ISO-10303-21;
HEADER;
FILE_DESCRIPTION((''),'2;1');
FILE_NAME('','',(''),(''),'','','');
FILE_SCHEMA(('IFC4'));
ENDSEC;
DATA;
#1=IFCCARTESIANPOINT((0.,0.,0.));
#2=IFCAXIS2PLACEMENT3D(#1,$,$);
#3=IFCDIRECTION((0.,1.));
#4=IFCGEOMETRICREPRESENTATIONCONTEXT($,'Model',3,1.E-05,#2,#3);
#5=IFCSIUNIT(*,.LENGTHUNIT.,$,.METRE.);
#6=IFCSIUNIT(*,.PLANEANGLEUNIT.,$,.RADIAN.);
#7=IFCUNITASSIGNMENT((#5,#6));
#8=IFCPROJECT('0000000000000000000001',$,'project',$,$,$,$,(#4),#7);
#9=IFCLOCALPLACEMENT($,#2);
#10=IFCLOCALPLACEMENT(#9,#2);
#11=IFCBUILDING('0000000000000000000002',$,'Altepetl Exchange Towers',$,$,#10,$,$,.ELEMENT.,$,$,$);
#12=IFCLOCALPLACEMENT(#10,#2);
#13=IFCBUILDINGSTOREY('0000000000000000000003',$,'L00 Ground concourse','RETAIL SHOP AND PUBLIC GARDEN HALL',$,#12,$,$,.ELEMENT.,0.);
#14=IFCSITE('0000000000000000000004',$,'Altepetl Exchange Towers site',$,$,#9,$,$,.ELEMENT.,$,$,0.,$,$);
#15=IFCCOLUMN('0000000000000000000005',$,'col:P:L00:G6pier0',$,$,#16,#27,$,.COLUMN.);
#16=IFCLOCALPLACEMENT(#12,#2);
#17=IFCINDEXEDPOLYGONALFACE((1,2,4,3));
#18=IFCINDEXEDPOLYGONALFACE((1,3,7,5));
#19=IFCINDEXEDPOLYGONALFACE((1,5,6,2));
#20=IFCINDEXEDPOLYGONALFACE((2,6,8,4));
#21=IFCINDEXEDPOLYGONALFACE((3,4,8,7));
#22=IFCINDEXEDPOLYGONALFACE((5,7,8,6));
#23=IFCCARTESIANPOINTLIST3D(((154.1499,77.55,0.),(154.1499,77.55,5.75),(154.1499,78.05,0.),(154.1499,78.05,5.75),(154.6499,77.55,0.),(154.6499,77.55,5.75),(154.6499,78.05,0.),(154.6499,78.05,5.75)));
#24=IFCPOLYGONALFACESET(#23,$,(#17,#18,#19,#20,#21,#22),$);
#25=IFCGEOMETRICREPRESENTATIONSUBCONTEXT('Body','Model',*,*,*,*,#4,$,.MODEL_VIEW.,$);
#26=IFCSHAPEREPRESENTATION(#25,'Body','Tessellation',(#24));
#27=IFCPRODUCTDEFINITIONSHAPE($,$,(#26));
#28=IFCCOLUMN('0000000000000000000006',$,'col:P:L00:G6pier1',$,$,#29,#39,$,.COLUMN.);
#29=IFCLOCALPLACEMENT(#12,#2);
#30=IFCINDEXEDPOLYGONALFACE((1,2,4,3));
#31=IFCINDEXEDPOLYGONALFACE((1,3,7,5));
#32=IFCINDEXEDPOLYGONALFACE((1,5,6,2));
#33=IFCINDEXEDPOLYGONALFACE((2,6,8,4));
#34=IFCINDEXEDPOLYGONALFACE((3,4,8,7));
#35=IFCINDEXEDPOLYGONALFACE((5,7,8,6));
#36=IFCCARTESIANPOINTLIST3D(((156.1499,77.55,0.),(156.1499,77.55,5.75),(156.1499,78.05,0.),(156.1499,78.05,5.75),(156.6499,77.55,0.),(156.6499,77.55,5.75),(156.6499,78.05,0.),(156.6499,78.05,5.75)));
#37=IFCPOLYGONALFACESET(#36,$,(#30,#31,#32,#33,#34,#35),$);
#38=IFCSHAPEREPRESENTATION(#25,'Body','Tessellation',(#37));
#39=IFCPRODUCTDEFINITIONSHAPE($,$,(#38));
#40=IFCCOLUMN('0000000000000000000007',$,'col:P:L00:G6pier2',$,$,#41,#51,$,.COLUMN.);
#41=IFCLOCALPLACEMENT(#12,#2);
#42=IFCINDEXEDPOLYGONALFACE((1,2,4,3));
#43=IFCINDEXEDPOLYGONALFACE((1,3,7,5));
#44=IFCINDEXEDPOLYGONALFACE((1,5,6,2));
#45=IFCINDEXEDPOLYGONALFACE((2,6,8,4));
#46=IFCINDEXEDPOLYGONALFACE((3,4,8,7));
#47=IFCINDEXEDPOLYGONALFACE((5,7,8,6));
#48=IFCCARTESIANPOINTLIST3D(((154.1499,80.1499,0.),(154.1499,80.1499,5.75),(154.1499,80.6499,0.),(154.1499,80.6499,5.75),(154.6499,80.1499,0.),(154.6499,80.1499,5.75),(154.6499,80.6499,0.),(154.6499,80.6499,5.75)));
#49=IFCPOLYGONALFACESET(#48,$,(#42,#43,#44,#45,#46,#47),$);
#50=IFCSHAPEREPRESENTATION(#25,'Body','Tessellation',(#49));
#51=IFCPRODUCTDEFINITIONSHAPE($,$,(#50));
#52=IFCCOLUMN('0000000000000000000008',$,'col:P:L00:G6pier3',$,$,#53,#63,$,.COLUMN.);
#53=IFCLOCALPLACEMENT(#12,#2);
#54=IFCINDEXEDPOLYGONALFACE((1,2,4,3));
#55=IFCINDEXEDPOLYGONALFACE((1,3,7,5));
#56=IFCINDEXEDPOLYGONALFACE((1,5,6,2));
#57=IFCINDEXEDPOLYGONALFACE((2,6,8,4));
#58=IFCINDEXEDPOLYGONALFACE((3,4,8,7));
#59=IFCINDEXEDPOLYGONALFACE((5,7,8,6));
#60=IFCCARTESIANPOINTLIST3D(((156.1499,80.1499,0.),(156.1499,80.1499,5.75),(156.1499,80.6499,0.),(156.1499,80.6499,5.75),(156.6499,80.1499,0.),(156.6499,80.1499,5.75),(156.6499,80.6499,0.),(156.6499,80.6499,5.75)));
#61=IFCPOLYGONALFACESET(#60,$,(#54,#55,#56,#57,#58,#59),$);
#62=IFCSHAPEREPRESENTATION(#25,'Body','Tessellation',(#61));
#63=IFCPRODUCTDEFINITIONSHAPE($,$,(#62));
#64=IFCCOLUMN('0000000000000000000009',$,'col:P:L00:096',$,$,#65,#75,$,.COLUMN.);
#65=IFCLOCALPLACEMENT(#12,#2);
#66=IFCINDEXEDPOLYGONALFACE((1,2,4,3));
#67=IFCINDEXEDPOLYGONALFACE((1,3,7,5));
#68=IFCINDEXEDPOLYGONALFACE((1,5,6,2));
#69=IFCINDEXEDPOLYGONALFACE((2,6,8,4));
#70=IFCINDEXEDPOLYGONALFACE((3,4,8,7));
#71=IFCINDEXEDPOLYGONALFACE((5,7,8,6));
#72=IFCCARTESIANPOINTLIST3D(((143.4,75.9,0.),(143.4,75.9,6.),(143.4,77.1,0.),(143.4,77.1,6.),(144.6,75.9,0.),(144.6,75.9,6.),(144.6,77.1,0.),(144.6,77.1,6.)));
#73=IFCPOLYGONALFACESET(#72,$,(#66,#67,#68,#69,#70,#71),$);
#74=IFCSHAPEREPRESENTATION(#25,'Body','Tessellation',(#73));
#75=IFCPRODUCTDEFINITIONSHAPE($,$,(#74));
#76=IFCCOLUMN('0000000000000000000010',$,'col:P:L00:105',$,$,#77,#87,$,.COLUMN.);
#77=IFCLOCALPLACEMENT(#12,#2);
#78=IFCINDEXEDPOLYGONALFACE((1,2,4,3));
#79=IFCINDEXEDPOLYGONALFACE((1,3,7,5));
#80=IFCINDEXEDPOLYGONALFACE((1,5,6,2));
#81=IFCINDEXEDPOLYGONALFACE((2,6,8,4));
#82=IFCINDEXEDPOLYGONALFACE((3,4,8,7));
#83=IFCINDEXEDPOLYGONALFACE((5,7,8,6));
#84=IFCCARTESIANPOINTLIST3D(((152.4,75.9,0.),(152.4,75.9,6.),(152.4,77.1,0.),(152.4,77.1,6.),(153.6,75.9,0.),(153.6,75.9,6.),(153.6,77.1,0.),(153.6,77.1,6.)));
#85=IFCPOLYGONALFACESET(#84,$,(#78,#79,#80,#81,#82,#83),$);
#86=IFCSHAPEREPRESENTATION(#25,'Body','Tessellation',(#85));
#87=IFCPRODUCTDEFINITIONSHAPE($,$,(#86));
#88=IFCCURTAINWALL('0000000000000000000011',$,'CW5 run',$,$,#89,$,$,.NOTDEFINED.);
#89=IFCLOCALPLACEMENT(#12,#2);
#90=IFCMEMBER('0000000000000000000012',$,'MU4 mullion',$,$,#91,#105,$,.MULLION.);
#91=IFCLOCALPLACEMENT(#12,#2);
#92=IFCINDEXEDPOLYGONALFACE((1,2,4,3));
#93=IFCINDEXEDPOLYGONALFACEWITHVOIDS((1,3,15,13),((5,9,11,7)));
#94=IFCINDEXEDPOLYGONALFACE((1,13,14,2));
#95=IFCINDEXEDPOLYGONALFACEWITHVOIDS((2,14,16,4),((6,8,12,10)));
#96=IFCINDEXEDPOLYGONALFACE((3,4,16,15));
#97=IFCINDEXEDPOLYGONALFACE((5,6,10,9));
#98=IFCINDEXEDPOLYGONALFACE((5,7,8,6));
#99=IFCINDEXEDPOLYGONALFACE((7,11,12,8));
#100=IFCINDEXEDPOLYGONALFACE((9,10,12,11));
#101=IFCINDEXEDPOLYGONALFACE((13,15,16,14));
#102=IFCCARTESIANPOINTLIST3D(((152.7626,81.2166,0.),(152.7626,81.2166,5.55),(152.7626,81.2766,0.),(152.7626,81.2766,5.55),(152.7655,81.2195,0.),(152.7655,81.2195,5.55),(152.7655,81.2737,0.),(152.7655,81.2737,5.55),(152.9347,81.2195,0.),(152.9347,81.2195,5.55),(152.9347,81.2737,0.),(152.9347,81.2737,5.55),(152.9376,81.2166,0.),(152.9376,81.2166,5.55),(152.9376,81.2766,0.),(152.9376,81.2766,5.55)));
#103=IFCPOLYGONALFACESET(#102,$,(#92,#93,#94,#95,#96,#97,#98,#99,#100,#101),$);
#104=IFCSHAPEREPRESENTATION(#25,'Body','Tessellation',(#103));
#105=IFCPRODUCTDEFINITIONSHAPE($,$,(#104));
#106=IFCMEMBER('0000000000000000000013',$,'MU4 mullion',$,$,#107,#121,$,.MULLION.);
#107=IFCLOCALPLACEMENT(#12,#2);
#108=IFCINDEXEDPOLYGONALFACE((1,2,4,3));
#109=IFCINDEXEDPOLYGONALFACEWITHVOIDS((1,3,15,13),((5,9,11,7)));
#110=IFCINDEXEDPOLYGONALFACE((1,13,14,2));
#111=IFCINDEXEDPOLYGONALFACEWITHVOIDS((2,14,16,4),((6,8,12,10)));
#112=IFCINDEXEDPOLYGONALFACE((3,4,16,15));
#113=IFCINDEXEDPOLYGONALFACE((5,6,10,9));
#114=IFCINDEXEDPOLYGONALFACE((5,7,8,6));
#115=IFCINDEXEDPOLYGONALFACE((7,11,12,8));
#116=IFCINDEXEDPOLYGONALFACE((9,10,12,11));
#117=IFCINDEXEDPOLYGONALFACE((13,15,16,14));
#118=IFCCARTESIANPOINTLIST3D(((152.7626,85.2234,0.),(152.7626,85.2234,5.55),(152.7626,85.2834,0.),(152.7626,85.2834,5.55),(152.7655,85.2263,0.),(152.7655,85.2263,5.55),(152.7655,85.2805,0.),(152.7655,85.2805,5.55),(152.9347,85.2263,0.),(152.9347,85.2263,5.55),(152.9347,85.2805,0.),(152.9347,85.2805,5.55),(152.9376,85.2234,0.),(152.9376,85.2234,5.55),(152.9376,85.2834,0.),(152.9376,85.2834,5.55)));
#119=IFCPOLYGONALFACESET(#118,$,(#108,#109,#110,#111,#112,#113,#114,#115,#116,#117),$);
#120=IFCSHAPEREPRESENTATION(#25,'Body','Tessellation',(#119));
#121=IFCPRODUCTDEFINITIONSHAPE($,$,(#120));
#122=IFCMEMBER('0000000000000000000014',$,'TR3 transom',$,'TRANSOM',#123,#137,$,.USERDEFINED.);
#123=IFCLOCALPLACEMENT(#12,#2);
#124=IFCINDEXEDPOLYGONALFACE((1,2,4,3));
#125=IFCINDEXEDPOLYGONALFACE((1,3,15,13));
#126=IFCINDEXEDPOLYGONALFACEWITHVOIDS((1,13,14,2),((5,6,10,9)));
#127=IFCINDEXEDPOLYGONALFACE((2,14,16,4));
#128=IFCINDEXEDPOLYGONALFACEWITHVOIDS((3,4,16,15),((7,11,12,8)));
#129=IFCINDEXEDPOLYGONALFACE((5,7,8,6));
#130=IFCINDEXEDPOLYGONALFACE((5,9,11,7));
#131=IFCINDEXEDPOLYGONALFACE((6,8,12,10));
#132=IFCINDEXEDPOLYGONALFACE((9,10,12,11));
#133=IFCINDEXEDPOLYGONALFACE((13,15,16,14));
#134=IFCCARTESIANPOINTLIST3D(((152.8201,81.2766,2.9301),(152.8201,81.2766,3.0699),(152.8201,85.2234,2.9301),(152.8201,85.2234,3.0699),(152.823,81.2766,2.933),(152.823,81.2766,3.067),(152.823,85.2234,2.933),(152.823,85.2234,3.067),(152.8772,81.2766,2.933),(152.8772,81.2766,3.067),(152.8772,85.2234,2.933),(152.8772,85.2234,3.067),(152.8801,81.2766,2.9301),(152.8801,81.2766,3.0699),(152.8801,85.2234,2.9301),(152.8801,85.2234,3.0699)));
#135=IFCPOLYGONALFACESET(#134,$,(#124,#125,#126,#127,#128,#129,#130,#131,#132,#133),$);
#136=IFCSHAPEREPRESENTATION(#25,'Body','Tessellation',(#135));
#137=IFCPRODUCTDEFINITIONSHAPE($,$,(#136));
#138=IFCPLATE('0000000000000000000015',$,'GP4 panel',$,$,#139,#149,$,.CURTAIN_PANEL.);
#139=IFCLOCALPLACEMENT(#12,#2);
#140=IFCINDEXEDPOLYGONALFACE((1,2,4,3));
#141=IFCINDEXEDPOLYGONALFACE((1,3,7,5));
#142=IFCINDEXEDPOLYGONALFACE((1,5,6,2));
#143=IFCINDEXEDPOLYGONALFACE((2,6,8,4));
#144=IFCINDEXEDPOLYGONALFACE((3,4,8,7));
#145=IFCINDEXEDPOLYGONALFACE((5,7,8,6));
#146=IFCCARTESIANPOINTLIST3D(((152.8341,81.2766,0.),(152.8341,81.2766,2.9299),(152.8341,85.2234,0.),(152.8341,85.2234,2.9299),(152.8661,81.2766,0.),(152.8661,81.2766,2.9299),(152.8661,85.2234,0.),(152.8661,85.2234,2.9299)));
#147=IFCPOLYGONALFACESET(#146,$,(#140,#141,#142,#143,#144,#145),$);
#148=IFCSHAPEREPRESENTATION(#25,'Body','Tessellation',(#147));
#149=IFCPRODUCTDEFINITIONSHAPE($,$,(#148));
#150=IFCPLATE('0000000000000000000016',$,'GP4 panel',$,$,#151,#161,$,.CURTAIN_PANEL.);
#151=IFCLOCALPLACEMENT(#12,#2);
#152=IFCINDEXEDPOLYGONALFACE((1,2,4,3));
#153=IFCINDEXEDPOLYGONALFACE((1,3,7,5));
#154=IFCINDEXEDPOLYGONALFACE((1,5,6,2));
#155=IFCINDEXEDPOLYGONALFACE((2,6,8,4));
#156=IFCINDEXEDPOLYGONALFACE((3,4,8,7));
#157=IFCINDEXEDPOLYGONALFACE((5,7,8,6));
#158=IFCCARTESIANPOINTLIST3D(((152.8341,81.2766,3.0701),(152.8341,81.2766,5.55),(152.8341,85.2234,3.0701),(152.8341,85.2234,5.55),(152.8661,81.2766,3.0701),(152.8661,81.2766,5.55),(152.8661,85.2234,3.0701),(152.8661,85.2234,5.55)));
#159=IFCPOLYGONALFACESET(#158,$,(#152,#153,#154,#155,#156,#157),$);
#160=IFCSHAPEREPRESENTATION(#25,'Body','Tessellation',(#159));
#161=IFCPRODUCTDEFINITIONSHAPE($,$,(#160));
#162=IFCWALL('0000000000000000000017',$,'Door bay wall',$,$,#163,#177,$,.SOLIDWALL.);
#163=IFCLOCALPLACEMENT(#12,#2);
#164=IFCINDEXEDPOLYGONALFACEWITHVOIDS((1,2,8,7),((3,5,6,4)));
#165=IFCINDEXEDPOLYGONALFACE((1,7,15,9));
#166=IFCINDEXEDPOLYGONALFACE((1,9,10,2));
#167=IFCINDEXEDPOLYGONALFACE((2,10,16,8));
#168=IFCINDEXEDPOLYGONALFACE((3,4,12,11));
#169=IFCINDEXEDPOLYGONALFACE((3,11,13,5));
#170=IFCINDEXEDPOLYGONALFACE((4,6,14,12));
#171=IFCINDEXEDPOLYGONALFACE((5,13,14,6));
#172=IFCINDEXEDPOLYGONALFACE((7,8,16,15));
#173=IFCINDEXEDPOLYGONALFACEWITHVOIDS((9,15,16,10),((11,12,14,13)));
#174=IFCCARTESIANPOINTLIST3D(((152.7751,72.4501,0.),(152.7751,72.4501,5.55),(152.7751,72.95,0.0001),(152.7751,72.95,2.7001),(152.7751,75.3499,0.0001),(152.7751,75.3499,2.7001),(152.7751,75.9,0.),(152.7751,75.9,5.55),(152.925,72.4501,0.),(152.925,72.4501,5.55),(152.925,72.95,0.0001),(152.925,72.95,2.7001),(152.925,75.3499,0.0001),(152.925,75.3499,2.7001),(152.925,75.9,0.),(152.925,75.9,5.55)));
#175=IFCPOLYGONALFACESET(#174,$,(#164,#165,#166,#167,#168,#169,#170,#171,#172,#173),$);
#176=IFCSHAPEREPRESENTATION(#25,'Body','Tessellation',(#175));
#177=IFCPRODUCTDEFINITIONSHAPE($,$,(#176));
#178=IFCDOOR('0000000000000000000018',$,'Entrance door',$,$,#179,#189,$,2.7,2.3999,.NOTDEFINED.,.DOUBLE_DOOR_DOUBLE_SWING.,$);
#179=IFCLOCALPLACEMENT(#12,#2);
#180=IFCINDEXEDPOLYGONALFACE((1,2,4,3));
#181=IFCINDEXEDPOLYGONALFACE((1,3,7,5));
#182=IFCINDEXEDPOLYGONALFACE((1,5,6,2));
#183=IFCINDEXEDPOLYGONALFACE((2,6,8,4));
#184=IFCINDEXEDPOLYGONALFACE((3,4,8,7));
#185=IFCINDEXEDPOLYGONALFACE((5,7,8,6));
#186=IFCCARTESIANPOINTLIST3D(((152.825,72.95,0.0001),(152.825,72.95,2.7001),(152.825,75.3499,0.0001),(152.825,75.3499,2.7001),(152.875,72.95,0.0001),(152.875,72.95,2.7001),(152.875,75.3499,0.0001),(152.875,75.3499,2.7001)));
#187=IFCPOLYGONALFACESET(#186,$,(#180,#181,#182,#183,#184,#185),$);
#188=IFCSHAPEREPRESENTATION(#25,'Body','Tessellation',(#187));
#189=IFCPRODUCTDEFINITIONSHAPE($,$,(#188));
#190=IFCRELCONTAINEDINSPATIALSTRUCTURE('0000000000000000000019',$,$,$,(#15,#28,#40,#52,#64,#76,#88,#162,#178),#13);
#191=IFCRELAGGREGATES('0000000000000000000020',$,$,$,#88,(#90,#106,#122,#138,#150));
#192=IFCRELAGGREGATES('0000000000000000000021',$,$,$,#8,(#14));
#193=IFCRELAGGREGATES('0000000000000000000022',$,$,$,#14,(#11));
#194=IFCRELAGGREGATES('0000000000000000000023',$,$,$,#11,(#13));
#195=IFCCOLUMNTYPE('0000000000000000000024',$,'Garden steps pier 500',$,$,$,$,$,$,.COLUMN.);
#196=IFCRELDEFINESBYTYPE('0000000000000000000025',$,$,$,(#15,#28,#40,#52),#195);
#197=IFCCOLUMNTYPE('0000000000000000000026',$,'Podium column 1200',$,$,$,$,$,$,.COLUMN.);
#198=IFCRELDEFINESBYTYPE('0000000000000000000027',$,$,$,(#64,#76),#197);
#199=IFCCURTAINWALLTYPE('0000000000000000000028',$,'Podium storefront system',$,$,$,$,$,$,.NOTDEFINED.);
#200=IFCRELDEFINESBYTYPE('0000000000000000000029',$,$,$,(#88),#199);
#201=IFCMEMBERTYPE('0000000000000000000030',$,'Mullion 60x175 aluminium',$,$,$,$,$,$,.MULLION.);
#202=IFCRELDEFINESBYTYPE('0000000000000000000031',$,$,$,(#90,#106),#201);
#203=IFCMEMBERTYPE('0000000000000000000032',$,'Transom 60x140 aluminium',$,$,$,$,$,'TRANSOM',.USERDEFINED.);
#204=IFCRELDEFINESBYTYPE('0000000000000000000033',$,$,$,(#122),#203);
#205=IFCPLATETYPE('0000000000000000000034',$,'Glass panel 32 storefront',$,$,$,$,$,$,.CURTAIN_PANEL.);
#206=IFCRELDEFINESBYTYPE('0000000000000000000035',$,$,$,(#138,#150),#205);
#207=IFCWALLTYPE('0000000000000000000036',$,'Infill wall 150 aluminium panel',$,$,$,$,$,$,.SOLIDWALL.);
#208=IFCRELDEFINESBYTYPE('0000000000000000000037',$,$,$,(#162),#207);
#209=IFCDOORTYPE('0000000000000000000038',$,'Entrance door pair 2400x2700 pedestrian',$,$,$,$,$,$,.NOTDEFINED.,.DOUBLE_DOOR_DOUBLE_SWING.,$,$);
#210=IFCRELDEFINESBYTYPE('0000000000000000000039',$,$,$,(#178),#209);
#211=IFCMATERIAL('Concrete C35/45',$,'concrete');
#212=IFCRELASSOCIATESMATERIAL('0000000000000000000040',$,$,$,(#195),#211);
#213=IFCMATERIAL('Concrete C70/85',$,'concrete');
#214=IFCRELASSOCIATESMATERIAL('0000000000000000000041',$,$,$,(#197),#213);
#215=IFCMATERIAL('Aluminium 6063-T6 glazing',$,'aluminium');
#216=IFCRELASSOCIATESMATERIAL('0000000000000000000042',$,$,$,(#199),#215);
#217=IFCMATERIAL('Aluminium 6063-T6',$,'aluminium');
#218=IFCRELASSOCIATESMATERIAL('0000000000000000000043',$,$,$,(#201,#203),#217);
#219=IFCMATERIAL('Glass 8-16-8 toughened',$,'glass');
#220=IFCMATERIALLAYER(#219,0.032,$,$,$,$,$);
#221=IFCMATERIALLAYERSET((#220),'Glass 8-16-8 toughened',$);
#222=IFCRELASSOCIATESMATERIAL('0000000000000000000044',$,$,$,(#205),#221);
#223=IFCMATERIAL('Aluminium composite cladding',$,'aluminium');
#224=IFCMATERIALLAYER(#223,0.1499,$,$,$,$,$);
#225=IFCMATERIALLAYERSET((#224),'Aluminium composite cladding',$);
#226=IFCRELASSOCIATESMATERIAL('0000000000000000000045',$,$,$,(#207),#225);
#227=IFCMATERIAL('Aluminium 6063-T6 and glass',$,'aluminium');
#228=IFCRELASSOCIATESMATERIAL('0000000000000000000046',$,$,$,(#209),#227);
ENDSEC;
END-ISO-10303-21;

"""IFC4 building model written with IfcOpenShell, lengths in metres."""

from ifc_helpers import new_model, si_unit, direction, frame, frame_2d, origin, origin_2d, place, context, subcontext, project, spatial, rectangle, hollow_rectangle, extrude, material, layer, layer_set, material_profile, profile_set, type_object, element, fill, aggregate, save


model = new_model("IFC4")

# Units and contexts
model_context = context("Model", 3, precision=1e-05, world=origin(), true_north=direction((0.0, 1.0)))
body_context = subcontext(model_context, "Body", "Model", "MODEL_VIEW")
ifc_project = project(units=[si_unit("LENGTHUNIT", "METRE"), si_unit("PLANEANGLEUNIT", "RADIAN")], contexts=[model_context])

# Site, building, storey
site_placement = place(None, origin())
site = spatial("IfcSite", under=ifc_project, at=site_placement, Name="Altepetl Exchange Towers site", CompositionType="ELEMENT", RefElevation=0.0)
building_placement = place(site_placement, origin())
building = spatial("IfcBuilding", under=site, at=building_placement, Name="Altepetl Exchange Towers", CompositionType="ELEMENT")
storey_placement = place(building_placement, origin())
storey = spatial("IfcBuildingStorey", under=building, at=storey_placement, Name="L00 Ground concourse", Description="RETAIL SHOP AND PUBLIC GARDEN HALL", CompositionType="ELEMENT", Elevation=0.0)

# Columns
ifc_material_1 = material(Name="Concrete C35/45", Category="concrete")
ifc_material_profile_1 = material_profile(ifc_material_1, rectangle(XDim=0.5, YDim=0.5, at=origin_2d()), Name="500 x 500")
ifc_profile_set_1 = profile_set([ifc_material_profile_1], Name="Concrete C35/45")
column_type_1 = type_object("IfcColumnType", Name="Garden steps pier 500", PredefinedType="COLUMN", material=ifc_profile_set_1)
for number, where, name in (
    (1, (154.3999, 77.8, 0.0), "col:P:L00:G6pier0"),
    (2, (156.3999, 77.8, 0.0), "col:P:L00:G6pier1"),
    (3, (154.3999, 80.3999, 0.0), "col:P:L00:G6pier2"),
    (4, (156.3999, 80.3999, 0.0), "col:P:L00:G6pier3"),
):
    element("IfcColumn", number, at=place(storey_placement, frame(where)), inside=storey, type_object=column_type_1, Name=name, PredefinedType="COLUMN", context=body_context, shape_type="SweptSolid", body=[
        extrude(rectangle(XDim=0.5, YDim=0.5, at=origin_2d()), origin(), (0.0, 0.0, 1.0), 5.75),
    ])
ifc_material_2 = material(Name="Concrete C70/85", Category="concrete")
ifc_material_profile_2 = material_profile(ifc_material_2, rectangle(XDim=1.2, YDim=1.2, at=origin_2d()), Name="1200 x 1200")
ifc_profile_set_2 = profile_set([ifc_material_profile_2], Name="Concrete C70/85")
column_type_2 = type_object("IfcColumnType", Name="Podium column 1200", PredefinedType="COLUMN", material=ifc_profile_set_2)
for number, where, name in (
    (5, (144.0, 76.5, 0.0), "col:P:L00:096"),
    (6, (153.0, 76.5, 0.0), "col:P:L00:105"),
):
    element("IfcColumn", number, at=place(storey_placement, frame(where)), inside=storey, type_object=column_type_2, Name=name, PredefinedType="COLUMN", context=body_context, shape_type="SweptSolid", body=[
        extrude(rectangle(XDim=1.2, YDim=1.2, at=origin_2d()), origin(), (0.0, 0.0, 1.0), 6.0),
    ])

# Curtain wall, members, plates
ifc_material_3 = material(Name="Aluminium 6063-T6 glazing", Category="aluminium")
curtain_wall_type = type_object("IfcCurtainWallType", Name="Podium storefront system", PredefinedType="NOTDEFINED", material=ifc_material_3)
curtain_wall_placement = place(storey_placement, origin())
curtain_wall = element("IfcCurtainWall", 7, at=curtain_wall_placement, inside=storey, type_object=curtain_wall_type, Name="CW5 run", PredefinedType="NOTDEFINED")
ifc_material_4 = material(Name="Aluminium 6063-T6", Category="aluminium")
ifc_material_profile_3 = material_profile(ifc_material_4, hollow_rectangle(XDim=0.0601, YDim=0.175, WallThickness=0.0029, at=origin_2d()), Name="Mullion 60x175 aluminium")
ifc_profile_set_3 = profile_set([ifc_material_profile_3], Name="Aluminium 6063-T6")
member_type_1 = type_object("IfcMemberType", Name="Mullion 60x175 aluminium", PredefinedType="MULLION", material=ifc_profile_set_3)
member_1_placement = place(storey_placement, frame((152.8501, 81.2466, 0.0), z_axis=(0.0, 0.0, 1.0), x_axis=(0.0, 1.0, 0.0)))
member_1 = element("IfcMember", 8, at=member_1_placement, type_object=member_type_1, Name="MU4 mullion", PredefinedType="MULLION", context=body_context, shape_type="SweptSolid", body=[
    extrude(hollow_rectangle(XDim=0.0601, YDim=0.175, WallThickness=0.0029, at=origin_2d()), origin(), (0.0, 0.0, 1.0), 5.55),
])
member_2_placement = place(storey_placement, frame((152.8501, 85.2534, 0.0), z_axis=(0.0, 0.0, 1.0), x_axis=(0.0, 1.0, 0.0)))
member_2 = element("IfcMember", 9, at=member_2_placement, type_object=member_type_1, Name="MU4 mullion", PredefinedType="MULLION", context=body_context, shape_type="SweptSolid", body=[
    extrude(hollow_rectangle(XDim=0.0601, YDim=0.175, WallThickness=0.0029, at=origin_2d()), origin(), (0.0, 0.0, 1.0), 5.55),
])
ifc_material_profile_4 = material_profile(ifc_material_4, hollow_rectangle(XDim=0.0601, YDim=0.1399, WallThickness=0.0029, at=origin_2d()), Name="Transom 60x140 aluminium")
ifc_profile_set_4 = profile_set([ifc_material_profile_4], Name="Aluminium 6063-T6")
member_type_2 = type_object("IfcMemberType", Name="Transom 60x140 aluminium", ElementType="TRANSOM", PredefinedType="USERDEFINED", material=ifc_profile_set_4)
member_3_placement = place(storey_placement, frame((152.8501, 81.2766, 3.0), z_axis=(0.0, 1.0, 0.0), x_axis=(-1.0, 0.0, 0.0)))
member_3 = element("IfcMember", 10, at=member_3_placement, type_object=member_type_2, Name="TR3 transom", ObjectType="TRANSOM", PredefinedType="USERDEFINED", context=body_context, shape_type="SweptSolid", body=[
    extrude(hollow_rectangle(XDim=0.0601, YDim=0.1399, WallThickness=0.0029, at=origin_2d()), origin(), (0.0, 0.0, 1.0), 3.9468),
])
ifc_material_5 = material(Name="Glass 8-16-8 toughened", Category="glass")
ifc_layer_1 = layer(ifc_material_5, 0.032)
ifc_layer_set_1 = layer_set([ifc_layer_1], Name="Glass 8-16-8 toughened")
plate_type = type_object("IfcPlateType", Name="Glass panel 32 storefront", PredefinedType="CURTAIN_PANEL", material=ifc_layer_set_1)
plate_1_placement = place(storey_placement, frame((152.8501, 83.25, 0.0), z_axis=(0.0, 0.0, 1.0), x_axis=(0.0, 1.0, 0.0)))
plate_1 = element("IfcPlate", 11, at=plate_1_placement, type_object=plate_type, Name="GP4 panel", PredefinedType="CURTAIN_PANEL", context=body_context, shape_type="SweptSolid", body=[
    extrude(rectangle(XDim=3.9468, YDim=0.032, at=origin_2d()), origin(), (0.0, 0.0, 1.0), 2.9299),
])
plate_2_placement = place(storey_placement, frame((152.8501, 83.25, 3.0701), z_axis=(0.0, 0.0, 1.0), x_axis=(0.0, 1.0, 0.0)))
plate_2 = element("IfcPlate", 12, at=plate_2_placement, type_object=plate_type, Name="GP4 panel", PredefinedType="CURTAIN_PANEL", context=body_context, shape_type="SweptSolid", body=[
    extrude(rectangle(XDim=3.9468, YDim=0.032, at=origin_2d()), origin(), (0.0, 0.0, 1.0), 2.48),
])
aggregate(curtain_wall, [member_1, member_2, member_3, plate_1, plate_2])

# Wall, opening, door
ifc_material_6 = material(Name="Aluminium composite cladding", Category="aluminium")
ifc_layer_2 = layer(ifc_material_6, 0.1499)
ifc_layer_set_2 = layer_set([ifc_layer_2], Name="Aluminium composite cladding")
wall_type_1 = type_object("IfcWallType", Name="Infill wall 150 aluminium panel", PredefinedType="SOLIDWALL", material=ifc_layer_set_2)
wall_1_placement = place(storey_placement, frame((152.8501, 72.45, 0.0), z_axis=(0.0, 0.0, 1.0), x_axis=(0.0, 1.0, 0.0)))
wall_1 = element("IfcWall", 13, at=wall_1_placement, inside=storey, type_object=wall_type_1, Name="Door bay wall", PredefinedType="SOLIDWALL", context=body_context, shape_type="SweptSolid", body=[
    extrude(rectangle(XDim=3.45, YDim=0.1499, at=frame_2d((1.7251, 0.0))), origin(), (0.0, 0.0, 1.0), 5.55),
])
opening_1_placement = place(wall_1_placement, frame((0.5, 0.0, 0.0)))
opening_1 = element("IfcOpeningElement", 14, at=opening_1_placement, cuts=wall_1, PredefinedType="OPENING", context=body_context, shape_type="SweptSolid", body=[
    extrude(rectangle(XDim=2.3999, YDim=2.7, at=frame_2d((1.2, 1.3501))), frame((0.0, 0.085, 0.0), z_axis=(0.0, -1.0, 0.0), x_axis=(1.0, 0.0, 0.0)), (0.0, 0.0, 1.0), 0.1699),
])
ifc_material_7 = material(Name="Aluminium 6063-T6 and glass", Category="aluminium")
door_type_1 = type_object("IfcDoorType", Name="Entrance door pair 2400x2700 pedestrian", OperationType="DOUBLE_DOOR_DOUBLE_SWING", PredefinedType="NOTDEFINED", material=ifc_material_7)
door_1_placement = place(opening_1_placement, frame((2.3999, 0.0, 0.0), x_axis=(-1.0, 0.0, 0.0)))
door_1 = element("IfcDoor", 15, at=door_1_placement, inside=storey, type_object=door_type_1, Name="Entrance door", OperationType="DOUBLE_DOOR_DOUBLE_SWING", OverallHeight=2.7, OverallWidth=2.3999, PredefinedType="NOTDEFINED", context=body_context, shape_type="SweptSolid", body=[
    extrude(rectangle(XDim=2.3999, YDim=2.7, at=frame_2d((1.2, 1.3501))), frame((0.0, 0.0249, 0.0), z_axis=(0.0, -1.0, 0.0), x_axis=(1.0, 0.0, 0.0)), (0.0, 0.0, 1.0), 0.05),
])
fill(opening_1, door_1)

save(model, "model.ifc")
